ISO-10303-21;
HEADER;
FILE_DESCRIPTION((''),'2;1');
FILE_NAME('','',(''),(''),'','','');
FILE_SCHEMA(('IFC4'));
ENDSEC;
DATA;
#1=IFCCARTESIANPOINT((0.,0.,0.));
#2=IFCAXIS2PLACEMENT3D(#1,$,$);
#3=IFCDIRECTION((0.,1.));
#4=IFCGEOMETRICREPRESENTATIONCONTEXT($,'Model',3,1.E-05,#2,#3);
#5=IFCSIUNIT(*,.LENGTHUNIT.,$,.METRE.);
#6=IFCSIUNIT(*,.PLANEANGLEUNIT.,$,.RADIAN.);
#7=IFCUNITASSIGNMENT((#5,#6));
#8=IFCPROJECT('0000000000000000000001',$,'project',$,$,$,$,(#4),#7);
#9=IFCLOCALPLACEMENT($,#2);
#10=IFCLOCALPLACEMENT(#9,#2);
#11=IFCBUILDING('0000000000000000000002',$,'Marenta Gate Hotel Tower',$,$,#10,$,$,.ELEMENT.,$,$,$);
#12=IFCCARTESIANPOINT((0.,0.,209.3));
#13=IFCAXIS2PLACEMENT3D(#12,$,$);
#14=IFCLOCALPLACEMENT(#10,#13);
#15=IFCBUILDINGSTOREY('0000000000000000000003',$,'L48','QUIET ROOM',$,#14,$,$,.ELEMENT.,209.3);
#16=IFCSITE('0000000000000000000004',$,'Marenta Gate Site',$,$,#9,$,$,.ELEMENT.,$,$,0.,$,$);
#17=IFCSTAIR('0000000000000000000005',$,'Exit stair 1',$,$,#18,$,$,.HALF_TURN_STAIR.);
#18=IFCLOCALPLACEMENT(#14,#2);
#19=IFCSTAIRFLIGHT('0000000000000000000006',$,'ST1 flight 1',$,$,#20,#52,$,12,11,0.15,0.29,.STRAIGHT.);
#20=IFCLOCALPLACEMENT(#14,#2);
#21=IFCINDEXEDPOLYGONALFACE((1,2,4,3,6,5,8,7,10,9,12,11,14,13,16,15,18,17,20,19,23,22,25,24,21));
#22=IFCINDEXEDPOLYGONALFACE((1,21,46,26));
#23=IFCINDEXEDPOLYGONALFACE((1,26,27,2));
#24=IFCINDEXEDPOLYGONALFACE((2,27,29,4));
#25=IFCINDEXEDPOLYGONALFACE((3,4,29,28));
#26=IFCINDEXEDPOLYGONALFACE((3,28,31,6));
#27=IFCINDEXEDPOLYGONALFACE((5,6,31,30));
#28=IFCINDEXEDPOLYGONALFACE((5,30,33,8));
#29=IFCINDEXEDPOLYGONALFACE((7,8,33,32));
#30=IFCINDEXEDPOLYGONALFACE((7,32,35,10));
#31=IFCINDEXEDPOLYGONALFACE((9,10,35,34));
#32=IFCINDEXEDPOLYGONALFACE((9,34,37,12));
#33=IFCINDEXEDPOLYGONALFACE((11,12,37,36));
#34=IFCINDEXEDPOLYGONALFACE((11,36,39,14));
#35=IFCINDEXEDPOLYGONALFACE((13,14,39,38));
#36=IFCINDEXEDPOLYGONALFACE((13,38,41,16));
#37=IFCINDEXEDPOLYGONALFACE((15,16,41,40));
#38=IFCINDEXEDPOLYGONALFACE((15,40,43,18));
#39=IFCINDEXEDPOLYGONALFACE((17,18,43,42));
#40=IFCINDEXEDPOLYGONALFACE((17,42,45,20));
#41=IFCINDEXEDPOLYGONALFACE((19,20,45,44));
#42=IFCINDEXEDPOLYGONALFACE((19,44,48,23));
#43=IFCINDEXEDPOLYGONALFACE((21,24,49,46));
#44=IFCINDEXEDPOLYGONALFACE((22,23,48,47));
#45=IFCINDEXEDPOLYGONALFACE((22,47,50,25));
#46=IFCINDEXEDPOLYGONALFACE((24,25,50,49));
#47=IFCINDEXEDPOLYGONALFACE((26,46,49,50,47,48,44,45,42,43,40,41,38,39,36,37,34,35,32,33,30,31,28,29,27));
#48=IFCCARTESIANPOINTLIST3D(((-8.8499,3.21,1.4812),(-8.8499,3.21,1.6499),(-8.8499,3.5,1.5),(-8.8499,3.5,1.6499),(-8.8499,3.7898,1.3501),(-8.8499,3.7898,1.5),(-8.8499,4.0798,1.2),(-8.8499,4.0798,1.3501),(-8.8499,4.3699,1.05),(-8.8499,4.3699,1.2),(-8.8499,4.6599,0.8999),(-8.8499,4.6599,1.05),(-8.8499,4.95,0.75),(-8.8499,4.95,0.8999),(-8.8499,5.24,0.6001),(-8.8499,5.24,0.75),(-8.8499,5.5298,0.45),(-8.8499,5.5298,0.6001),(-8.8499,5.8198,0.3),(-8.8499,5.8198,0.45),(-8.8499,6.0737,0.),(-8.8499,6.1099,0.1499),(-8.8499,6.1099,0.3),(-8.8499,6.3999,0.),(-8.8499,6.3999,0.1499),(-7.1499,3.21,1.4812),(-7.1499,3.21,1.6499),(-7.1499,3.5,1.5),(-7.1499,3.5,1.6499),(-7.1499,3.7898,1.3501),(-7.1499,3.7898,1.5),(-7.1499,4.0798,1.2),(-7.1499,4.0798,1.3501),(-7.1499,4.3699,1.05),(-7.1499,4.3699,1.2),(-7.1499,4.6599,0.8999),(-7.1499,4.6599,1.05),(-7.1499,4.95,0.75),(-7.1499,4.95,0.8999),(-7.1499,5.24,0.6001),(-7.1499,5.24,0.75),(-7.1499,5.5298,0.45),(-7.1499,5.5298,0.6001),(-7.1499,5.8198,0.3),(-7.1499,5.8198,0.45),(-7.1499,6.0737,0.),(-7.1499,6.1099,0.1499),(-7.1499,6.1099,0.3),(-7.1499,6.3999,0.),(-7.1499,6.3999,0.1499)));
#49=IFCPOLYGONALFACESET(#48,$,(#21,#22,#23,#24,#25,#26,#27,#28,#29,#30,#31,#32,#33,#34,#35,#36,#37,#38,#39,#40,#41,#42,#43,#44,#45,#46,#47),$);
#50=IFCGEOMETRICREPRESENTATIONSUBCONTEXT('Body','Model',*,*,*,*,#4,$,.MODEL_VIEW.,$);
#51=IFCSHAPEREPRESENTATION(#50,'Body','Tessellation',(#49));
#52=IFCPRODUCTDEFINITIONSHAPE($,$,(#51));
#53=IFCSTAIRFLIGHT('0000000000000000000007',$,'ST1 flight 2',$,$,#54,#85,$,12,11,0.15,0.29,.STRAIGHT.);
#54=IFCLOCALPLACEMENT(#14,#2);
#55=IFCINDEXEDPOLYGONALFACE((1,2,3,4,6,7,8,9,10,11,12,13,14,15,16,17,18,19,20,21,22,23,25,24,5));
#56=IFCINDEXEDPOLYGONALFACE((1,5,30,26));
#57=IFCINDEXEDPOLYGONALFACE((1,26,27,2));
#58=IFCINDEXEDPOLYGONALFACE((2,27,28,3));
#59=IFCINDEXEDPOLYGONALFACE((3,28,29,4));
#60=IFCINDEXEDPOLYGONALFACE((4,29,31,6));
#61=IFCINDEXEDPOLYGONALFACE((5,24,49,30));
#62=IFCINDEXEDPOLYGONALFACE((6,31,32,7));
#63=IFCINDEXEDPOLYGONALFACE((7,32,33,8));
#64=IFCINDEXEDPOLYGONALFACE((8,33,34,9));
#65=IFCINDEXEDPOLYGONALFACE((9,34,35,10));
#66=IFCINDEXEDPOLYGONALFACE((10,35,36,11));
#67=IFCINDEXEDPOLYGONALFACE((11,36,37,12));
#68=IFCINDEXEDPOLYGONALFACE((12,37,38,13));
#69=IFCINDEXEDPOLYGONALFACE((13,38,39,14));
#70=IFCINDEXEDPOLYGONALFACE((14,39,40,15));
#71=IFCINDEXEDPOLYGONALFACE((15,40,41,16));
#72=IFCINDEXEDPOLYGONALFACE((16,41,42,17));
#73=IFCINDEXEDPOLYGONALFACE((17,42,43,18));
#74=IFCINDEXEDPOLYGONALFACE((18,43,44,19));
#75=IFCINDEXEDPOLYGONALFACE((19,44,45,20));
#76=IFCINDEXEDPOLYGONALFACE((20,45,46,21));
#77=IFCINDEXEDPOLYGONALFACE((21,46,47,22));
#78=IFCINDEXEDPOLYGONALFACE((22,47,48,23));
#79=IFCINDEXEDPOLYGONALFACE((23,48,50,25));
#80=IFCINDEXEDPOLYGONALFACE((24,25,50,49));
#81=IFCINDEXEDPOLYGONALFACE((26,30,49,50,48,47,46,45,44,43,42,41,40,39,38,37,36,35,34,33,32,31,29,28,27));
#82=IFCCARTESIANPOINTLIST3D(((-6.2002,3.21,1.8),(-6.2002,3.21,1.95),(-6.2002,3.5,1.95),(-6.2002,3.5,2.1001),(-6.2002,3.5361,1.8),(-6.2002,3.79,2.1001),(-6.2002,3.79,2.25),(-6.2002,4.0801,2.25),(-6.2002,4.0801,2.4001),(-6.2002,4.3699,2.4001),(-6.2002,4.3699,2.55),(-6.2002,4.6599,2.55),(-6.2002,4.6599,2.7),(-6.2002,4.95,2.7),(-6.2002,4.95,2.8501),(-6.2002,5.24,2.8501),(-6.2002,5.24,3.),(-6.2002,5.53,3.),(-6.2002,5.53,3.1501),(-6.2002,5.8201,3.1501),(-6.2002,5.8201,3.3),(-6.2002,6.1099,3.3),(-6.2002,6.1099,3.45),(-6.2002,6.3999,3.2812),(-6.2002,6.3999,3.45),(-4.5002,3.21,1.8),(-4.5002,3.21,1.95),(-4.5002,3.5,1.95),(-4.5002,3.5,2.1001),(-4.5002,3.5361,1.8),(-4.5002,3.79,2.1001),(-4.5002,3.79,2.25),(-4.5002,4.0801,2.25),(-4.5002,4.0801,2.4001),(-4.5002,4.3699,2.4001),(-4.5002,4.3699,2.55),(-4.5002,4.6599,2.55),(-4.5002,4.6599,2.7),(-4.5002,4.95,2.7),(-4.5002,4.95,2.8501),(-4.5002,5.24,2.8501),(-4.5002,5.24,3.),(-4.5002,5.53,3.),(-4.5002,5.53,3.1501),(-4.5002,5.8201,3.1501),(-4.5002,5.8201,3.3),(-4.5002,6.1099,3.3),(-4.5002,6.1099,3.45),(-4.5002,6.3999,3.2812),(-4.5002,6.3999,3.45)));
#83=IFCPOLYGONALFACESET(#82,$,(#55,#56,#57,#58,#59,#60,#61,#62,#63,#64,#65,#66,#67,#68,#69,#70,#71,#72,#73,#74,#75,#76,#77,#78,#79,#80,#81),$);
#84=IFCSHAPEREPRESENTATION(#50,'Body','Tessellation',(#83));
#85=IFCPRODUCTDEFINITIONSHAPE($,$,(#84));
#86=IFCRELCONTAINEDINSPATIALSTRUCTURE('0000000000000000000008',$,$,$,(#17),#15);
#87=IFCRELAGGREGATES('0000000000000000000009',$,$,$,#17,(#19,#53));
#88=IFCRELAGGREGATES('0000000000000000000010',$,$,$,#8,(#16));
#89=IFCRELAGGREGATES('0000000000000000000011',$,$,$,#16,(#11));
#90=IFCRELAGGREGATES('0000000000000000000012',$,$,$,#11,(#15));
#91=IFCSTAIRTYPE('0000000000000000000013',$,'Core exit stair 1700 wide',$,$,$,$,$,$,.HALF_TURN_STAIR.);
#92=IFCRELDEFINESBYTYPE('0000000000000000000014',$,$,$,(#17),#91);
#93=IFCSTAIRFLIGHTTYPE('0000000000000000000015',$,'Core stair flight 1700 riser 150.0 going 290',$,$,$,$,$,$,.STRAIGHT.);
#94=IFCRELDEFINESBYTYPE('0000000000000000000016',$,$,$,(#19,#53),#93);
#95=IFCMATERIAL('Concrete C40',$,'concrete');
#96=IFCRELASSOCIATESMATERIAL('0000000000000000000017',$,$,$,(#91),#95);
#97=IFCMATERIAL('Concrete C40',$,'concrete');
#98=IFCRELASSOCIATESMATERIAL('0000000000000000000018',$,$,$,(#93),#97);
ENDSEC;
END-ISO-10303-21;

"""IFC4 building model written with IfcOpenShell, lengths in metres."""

from ifc_helpers import new_model, si_unit, direction, frame, origin, place, context, subcontext, project, spatial, polyline, outline, extrude, material, type_object, element, aggregate, save


model = new_model("IFC4")

# Units and contexts
model_context = context("Model", 3, precision=1e-05, world=origin(), true_north=direction((0.0, 1.0)))
body_context = subcontext(model_context, "Body", "Model", "MODEL_VIEW")
ifc_project = project(units=[si_unit("LENGTHUNIT", "METRE"), si_unit("PLANEANGLEUNIT", "RADIAN")], contexts=[model_context])

# Site, building, storey
site_placement = place(None, origin())
site = spatial("IfcSite", under=ifc_project, at=site_placement, Name="Marenta Gate Site", CompositionType="ELEMENT", RefElevation=0.0)
building_placement = place(site_placement, origin())
building = spatial("IfcBuilding", under=site, at=building_placement, Name="Marenta Gate Hotel Tower", CompositionType="ELEMENT")
storey_placement = place(building_placement, frame((0.0, 0.0, 209.3)))
storey = spatial("IfcBuildingStorey", under=building, at=storey_placement, Name="L48", Description="QUIET ROOM", CompositionType="ELEMENT", Elevation=209.3)

# Stair, stair flights
ifc_material_1 = material(Name="Concrete C40", Category="concrete")
stair_type = type_object("IfcStairType", Name="Core exit stair 1700 wide", PredefinedType="HALF_TURN_STAIR", material=ifc_material_1)
stair_placement = place(storey_placement, origin())
stair = element("IfcStair", 1, at=stair_placement, inside=storey, type_object=stair_type, Name="Exit stair 1", PredefinedType="HALF_TURN_STAIR")
ifc_material_2 = material(Name="Concrete C40", Category="concrete")
stair_flight_type = type_object("IfcStairFlightType", Name="Core stair flight 1700 riser 150.0 going 290", PredefinedType="STRAIGHT", material=ifc_material_2)
stair_flight_1_placement = place(storey_placement, frame((-8.0, 6.3999, 0.0), z_axis=(0.0, 0.0, 1.0), x_axis=(0.0, -1.0, 0.0)))
stair_flight_1 = element("IfcStairFlight", 2, at=stair_flight_1_placement, type_object=stair_flight_type, Name="ST1 flight 1", NumberOfRisers=12, NumberOfTreads=11, PredefinedType="STRAIGHT", RiserHeight=0.15, TreadLength=0.29, context=body_context, shape_type="SweptSolid", body=[
    extrude(outline(polyline([(0.0, 0.0), (0.0, 0.1499), (0.29, 0.1499), (0.29, 0.3), (0.5801, 0.3), (0.5801, 0.45), (0.8701, 0.45), (0.8701, 0.6001), (1.1599, 0.6001), (1.1599, 0.75), (1.45, 0.75), (1.45, 0.8999), (1.74, 0.8999), (1.74, 1.05), (2.03, 1.05), (2.03, 1.2), (2.3201, 1.2), (2.3201, 1.3501), (2.6101, 1.3501), (2.6101, 1.5), (2.8999, 1.5), (2.8999, 1.6499), (3.1899, 1.6499), (3.1899, 1.8), (3.1899, 1.4812), (0.3262, 0.0), (0.0, 0.0)])), frame((0.0, 0.8501, 0.0), z_axis=(0.0, -1.0, 0.0), x_axis=(1.0, 0.0, 0.0)), (0.0, 0.0, 1.0), 1.7),
])
stair_flight_2_placement = place(storey_placement, frame((-5.3501, 3.21, 1.8), z_axis=(0.0, 0.0, 1.0), x_axis=(0.0, 1.0, 0.0)))
stair_flight_2 = element("IfcStairFlight", 3, at=stair_flight_2_placement, type_object=stair_flight_type, Name="ST1 flight 2", NumberOfRisers=12, NumberOfTreads=11, PredefinedType="STRAIGHT", RiserHeight=0.15, TreadLength=0.29, context=body_context, shape_type="SweptSolid", body=[
    extrude(outline(polyline([(0.0, 0.0), (0.0, 0.1499), (0.29, 0.1499), (0.29, 0.3), (0.5801, 0.3), (0.5801, 0.45), (0.8701, 0.45), (0.8701, 0.6001), (1.1599, 0.6001), (1.1599, 0.75), (1.45, 0.75), (1.45, 0.8999), (1.74, 0.8999), (1.74, 1.05), (2.03, 1.05), (2.03, 1.2), (2.3201, 1.2), (2.3201, 1.3501), (2.6101, 1.3501), (2.6101, 1.5), (2.8999, 1.5), (2.8999, 1.6499), (3.1899, 1.6499), (3.1899, 1.8), (3.1899, 1.4812), (0.3262, 0.0), (0.0, 0.0)])), frame((0.0, 0.8501, 0.0), z_axis=(0.0, -1.0, 0.0), x_axis=(1.0, 0.0, 0.0)), (0.0, 0.0, 1.0), 1.7),
])
aggregate(stair, [stair_flight_1, stair_flight_2])

save(model, "model.ifc")
